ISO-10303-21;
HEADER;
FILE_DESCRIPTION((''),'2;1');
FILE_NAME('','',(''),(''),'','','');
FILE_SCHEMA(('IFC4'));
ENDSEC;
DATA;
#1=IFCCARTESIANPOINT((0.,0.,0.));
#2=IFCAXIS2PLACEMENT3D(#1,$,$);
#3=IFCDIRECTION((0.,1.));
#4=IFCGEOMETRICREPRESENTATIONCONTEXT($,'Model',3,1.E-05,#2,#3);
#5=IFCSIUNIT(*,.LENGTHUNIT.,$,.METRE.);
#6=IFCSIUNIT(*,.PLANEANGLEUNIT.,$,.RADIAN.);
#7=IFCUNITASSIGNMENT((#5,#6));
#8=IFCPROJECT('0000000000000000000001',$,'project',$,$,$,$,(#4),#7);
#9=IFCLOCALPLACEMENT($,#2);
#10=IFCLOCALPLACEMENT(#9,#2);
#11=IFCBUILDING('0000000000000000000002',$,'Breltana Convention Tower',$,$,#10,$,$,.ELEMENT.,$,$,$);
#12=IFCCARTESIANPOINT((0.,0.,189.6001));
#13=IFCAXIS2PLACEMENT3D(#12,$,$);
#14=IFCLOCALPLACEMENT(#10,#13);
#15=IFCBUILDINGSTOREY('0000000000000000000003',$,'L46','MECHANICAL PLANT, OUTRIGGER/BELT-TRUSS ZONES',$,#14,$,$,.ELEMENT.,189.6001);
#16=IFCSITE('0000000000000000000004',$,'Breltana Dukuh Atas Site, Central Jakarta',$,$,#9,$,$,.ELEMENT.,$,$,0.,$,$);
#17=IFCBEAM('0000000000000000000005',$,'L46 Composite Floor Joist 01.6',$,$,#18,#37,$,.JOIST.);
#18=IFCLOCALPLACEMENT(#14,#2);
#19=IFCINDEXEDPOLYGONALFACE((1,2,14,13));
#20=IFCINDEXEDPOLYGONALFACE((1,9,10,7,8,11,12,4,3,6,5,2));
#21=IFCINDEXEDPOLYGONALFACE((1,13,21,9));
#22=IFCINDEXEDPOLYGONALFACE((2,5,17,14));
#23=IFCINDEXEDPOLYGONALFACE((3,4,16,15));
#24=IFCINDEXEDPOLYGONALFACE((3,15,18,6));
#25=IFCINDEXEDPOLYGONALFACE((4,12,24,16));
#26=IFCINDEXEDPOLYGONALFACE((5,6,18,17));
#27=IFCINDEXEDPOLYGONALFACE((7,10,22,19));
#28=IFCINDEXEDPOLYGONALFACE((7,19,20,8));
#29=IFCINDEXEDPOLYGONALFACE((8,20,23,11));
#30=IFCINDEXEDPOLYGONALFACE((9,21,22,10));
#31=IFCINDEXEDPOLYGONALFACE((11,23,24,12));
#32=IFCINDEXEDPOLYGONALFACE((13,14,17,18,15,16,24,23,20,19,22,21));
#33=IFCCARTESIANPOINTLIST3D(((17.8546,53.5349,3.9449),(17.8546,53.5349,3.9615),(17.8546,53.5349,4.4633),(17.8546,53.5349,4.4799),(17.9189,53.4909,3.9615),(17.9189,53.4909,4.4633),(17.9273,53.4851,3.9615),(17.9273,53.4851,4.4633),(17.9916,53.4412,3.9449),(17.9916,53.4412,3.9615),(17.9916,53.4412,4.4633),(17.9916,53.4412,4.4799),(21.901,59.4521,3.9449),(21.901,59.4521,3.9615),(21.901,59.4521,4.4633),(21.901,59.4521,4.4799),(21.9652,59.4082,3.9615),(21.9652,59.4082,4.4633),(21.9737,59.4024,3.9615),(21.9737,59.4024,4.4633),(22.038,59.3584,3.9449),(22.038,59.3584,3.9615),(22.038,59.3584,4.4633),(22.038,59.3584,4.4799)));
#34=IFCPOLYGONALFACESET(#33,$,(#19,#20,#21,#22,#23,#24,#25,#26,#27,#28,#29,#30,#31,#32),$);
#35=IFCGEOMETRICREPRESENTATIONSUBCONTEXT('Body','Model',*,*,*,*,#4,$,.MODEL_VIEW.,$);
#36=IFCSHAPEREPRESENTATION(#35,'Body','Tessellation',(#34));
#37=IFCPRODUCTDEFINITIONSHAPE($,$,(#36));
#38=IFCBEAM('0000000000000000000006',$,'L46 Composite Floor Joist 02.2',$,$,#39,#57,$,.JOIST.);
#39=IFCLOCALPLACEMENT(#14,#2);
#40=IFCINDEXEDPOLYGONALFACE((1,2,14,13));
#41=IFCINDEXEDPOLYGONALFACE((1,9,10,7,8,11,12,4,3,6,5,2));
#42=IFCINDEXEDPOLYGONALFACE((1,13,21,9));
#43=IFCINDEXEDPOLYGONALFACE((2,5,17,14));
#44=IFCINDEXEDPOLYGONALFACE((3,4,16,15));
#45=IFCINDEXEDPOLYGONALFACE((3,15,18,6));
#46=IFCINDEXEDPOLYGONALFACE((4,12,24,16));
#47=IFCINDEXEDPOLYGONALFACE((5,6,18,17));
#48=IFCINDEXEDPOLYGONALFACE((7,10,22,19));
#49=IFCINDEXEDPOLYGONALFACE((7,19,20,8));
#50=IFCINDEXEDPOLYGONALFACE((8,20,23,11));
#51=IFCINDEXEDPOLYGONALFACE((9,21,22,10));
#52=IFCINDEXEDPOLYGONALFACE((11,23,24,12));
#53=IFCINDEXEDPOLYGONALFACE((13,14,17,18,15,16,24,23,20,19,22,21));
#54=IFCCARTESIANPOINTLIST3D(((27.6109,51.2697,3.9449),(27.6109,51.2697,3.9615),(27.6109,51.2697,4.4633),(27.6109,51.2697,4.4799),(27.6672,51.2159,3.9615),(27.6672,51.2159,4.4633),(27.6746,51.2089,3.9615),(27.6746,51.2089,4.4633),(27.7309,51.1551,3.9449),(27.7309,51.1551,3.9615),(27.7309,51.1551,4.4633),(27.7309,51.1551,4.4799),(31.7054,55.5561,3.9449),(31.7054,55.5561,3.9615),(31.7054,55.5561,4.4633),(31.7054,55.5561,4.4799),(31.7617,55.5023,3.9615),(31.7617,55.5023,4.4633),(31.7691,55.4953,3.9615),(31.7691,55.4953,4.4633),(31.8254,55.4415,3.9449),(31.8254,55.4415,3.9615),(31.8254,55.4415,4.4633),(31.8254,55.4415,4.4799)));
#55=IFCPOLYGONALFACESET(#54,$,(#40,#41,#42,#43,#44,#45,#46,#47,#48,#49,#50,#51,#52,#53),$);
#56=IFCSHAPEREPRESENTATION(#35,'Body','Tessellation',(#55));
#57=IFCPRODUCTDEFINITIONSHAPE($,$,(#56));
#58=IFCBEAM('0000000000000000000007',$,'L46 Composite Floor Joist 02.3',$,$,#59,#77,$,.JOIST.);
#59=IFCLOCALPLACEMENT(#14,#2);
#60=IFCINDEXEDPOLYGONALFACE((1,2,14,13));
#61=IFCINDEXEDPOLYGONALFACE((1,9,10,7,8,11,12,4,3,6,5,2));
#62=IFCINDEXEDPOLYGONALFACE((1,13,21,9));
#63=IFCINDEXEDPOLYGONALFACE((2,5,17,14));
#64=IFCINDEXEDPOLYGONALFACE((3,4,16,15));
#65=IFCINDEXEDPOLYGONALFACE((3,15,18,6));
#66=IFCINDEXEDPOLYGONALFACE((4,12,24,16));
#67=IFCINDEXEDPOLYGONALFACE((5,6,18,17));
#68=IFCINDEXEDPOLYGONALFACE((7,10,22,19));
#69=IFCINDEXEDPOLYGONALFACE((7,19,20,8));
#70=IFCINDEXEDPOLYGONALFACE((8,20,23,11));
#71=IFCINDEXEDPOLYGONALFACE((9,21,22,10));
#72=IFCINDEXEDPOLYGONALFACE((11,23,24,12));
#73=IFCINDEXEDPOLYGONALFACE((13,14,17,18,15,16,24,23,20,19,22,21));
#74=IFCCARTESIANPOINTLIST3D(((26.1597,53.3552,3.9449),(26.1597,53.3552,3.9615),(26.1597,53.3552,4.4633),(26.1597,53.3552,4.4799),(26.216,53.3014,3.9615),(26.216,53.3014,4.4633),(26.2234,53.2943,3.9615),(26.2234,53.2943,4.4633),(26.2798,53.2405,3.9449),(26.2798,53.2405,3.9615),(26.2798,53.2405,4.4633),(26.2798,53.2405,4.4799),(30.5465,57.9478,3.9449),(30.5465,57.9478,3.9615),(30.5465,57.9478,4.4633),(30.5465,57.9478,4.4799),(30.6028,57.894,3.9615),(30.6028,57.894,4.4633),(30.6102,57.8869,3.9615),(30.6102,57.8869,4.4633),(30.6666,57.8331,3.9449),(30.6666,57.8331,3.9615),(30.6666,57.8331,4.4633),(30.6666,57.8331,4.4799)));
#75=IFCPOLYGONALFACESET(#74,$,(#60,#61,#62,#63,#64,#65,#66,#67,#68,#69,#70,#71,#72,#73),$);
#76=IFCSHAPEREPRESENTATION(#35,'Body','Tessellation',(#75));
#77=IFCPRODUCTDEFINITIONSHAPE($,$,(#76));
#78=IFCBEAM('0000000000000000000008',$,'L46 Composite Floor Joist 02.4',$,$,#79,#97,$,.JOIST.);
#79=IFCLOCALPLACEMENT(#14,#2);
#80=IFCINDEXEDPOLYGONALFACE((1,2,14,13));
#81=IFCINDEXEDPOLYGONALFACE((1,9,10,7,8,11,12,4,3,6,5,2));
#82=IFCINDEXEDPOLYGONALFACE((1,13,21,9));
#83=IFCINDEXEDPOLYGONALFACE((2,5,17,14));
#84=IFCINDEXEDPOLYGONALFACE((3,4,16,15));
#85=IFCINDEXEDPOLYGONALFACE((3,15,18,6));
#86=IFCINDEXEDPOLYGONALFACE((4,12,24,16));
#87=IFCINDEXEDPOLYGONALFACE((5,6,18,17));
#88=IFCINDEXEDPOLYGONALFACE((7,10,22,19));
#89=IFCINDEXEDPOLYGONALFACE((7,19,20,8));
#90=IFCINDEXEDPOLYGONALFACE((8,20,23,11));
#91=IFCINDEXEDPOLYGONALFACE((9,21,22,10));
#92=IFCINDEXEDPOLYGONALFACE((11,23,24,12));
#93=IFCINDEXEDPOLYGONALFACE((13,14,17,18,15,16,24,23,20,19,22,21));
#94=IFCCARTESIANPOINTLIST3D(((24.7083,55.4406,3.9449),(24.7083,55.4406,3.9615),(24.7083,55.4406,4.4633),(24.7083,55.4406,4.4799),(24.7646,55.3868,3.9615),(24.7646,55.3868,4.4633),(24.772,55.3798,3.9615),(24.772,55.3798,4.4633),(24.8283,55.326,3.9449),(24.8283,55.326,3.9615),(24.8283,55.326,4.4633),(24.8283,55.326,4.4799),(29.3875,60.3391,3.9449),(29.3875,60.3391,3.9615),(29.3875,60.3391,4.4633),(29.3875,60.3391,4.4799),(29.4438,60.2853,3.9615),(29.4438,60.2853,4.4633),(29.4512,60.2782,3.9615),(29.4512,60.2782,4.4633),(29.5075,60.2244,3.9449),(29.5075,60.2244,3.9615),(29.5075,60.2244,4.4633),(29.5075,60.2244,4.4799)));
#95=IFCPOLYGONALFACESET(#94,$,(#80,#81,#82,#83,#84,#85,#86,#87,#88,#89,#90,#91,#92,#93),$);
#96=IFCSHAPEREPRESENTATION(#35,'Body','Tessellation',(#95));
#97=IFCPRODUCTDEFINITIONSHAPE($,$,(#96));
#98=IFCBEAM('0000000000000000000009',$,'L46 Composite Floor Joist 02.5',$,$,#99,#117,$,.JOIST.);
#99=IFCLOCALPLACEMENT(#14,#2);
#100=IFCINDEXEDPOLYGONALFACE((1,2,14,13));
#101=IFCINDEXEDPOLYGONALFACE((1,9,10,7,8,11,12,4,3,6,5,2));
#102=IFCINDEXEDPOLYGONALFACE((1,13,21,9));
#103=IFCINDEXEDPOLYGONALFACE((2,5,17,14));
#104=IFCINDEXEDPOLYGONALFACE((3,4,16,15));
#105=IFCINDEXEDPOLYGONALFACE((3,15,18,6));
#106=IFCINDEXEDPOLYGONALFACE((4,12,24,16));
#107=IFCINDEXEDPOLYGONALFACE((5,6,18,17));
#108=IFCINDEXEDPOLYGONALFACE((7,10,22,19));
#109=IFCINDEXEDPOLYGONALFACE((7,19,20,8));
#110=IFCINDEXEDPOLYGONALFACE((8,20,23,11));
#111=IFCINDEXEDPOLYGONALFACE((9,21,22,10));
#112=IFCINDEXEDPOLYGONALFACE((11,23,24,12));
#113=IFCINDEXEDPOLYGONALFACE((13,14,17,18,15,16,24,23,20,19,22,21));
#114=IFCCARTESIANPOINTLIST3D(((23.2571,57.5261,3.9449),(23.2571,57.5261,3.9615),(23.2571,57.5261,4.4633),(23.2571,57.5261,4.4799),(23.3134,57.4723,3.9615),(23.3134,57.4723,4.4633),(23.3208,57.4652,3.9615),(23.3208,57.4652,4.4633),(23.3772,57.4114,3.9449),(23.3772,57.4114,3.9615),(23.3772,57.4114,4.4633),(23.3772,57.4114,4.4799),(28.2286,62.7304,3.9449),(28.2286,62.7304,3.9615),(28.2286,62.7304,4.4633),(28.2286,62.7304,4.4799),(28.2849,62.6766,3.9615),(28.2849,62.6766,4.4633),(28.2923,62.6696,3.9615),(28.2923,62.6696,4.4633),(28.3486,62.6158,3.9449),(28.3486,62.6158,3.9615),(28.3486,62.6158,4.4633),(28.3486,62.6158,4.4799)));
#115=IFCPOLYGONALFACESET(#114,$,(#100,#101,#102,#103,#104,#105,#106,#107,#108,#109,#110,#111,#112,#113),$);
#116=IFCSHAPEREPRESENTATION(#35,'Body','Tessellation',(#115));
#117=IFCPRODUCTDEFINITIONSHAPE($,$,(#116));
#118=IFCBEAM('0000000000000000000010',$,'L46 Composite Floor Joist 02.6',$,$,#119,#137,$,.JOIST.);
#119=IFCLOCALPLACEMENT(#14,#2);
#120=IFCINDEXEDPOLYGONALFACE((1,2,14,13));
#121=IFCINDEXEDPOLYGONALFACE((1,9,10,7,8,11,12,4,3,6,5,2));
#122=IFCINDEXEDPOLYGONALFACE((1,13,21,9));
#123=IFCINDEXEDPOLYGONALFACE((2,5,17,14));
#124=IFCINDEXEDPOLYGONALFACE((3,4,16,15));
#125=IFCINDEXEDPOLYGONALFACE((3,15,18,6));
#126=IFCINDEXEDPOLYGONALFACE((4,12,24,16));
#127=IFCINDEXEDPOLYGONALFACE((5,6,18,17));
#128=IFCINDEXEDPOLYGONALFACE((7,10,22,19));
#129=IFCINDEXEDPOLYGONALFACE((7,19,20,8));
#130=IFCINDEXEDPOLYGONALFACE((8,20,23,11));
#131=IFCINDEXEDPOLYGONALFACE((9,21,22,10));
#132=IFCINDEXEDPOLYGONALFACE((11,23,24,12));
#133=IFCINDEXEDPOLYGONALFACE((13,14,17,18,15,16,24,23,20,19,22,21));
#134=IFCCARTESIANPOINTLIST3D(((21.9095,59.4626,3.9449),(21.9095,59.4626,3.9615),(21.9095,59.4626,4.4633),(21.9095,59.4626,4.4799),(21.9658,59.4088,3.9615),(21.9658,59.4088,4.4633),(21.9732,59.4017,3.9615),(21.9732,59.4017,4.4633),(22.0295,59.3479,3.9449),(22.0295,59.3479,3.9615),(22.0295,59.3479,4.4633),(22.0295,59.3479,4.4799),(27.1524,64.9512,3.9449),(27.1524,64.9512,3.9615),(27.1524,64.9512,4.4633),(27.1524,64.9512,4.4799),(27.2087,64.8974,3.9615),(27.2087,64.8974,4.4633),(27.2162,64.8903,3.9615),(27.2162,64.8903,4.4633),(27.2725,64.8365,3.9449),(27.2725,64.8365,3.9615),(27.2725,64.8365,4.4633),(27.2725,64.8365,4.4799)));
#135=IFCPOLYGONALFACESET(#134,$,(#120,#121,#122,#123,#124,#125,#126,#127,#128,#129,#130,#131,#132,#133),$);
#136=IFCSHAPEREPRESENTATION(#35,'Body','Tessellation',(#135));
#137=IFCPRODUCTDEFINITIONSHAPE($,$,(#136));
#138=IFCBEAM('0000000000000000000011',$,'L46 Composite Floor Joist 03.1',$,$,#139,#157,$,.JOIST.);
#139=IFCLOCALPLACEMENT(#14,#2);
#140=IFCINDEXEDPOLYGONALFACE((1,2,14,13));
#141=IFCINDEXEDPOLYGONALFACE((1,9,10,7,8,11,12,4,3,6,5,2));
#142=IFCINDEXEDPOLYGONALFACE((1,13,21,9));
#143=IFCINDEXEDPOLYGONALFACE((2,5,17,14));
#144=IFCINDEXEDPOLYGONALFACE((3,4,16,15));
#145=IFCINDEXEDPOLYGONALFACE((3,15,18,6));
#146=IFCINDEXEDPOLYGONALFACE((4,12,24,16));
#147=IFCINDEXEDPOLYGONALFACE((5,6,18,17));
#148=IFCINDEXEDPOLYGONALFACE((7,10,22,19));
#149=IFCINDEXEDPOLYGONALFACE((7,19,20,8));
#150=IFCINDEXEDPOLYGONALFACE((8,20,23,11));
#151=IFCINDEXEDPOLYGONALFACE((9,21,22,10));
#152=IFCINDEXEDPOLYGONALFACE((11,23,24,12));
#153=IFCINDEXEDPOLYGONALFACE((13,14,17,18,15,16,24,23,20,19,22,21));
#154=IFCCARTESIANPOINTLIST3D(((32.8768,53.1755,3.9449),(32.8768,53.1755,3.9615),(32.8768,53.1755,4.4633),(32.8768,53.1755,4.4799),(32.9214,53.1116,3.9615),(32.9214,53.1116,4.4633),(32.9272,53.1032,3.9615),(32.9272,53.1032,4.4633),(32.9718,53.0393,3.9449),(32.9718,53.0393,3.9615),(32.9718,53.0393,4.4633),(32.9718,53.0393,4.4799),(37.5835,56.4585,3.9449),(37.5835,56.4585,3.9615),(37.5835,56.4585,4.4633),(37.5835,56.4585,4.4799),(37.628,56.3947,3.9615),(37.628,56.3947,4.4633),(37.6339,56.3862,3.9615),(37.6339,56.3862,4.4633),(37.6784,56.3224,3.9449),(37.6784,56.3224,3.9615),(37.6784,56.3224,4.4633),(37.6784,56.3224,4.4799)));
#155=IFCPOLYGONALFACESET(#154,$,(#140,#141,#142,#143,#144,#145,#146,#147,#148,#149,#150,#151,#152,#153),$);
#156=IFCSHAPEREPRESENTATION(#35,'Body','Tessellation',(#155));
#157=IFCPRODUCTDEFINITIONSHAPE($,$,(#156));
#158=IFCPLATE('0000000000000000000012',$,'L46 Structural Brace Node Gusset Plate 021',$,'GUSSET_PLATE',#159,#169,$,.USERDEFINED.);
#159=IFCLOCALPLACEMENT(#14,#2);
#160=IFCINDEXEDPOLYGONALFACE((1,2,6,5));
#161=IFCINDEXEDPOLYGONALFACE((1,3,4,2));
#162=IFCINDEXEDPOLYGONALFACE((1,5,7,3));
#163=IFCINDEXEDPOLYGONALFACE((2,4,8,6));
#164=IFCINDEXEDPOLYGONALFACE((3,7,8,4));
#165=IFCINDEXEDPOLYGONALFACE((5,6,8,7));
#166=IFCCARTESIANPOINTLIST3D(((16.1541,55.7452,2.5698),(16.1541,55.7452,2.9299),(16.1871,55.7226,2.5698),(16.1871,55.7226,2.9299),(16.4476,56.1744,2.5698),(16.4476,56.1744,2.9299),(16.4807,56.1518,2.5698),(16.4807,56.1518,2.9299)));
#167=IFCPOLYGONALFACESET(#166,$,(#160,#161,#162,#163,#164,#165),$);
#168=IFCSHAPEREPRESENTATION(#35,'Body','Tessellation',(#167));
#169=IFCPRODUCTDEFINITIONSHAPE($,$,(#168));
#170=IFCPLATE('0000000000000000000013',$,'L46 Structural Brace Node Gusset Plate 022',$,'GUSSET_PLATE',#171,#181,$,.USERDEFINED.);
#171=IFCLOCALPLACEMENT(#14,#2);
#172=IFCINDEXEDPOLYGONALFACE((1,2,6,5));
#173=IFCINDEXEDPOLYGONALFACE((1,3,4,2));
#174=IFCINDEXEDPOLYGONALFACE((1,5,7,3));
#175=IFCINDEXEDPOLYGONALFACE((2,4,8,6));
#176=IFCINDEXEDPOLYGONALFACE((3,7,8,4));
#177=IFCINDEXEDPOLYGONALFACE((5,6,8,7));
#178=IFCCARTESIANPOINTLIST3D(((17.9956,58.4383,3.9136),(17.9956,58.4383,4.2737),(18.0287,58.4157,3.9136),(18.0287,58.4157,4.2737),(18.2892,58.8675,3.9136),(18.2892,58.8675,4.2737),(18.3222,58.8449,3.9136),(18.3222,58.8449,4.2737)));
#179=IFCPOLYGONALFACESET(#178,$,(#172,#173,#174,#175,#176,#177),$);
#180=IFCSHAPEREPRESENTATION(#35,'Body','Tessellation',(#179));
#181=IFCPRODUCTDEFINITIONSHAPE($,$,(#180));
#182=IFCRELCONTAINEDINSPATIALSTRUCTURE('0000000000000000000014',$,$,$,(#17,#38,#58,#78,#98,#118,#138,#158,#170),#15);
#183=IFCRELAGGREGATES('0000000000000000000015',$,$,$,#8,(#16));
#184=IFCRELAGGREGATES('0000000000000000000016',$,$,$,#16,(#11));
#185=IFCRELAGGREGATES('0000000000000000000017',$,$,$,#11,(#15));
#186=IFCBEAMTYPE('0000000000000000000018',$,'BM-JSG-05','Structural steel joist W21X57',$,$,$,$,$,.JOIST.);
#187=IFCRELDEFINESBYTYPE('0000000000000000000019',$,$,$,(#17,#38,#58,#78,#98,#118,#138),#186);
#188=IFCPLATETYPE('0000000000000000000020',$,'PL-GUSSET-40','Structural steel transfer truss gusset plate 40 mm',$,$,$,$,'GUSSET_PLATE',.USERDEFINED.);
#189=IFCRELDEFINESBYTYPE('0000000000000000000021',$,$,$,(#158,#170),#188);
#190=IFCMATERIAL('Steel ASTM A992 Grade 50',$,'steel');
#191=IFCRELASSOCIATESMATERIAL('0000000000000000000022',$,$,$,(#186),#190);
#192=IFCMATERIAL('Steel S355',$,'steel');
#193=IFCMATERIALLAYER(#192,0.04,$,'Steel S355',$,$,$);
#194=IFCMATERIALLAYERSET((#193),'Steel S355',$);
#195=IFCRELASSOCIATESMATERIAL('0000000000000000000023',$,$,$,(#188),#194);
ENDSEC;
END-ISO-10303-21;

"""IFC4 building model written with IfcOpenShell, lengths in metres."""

from ifc_helpers import new_model, si_unit, direction, frame, origin, origin_2d, place, context, subcontext, project, spatial, rectangle, i_section, extrude, source, transform, mapped, material, layer, layer_set, material_profile, profile_set, type_object, element, save


model = new_model("IFC4")

# Units and contexts
model_context = context("Model", 3, precision=1e-05, world=origin(), true_north=direction((0.0, 1.0)))
body_context = subcontext(model_context, "Body", "Model", "MODEL_VIEW")
ifc_project = project(units=[si_unit("LENGTHUNIT", "METRE"), si_unit("PLANEANGLEUNIT", "RADIAN")], contexts=[model_context])

# Site, building, storey
site_placement = place(None, origin())
site = spatial("IfcSite", under=ifc_project, at=site_placement, Name="Breltana Dukuh Atas Site, Central Jakarta", CompositionType="ELEMENT", RefElevation=0.0)
building_placement = place(site_placement, origin())
building = spatial("IfcBuilding", under=site, at=building_placement, Name="Breltana Convention Tower", CompositionType="ELEMENT")
storey_placement = place(building_placement, frame((0.0, 0.0, 189.6001)))
storey = spatial("IfcBuildingStorey", under=building, at=storey_placement, Name="L46", Description="MECHANICAL PLANT, OUTRIGGER/BELT-TRUSS ZONES", CompositionType="ELEMENT", Elevation=189.6001)

# Shared definitions
ifc_material_1 = material(Name="Steel ASTM A992 Grade 50", Category="steel")

# Beams
ifc_material_profile_1 = material_profile(ifc_material_1, i_section(OverallWidth=0.166, OverallDepth=0.5349, WebThickness=0.0103, FlangeThickness=0.0166, at=origin_2d()), Name="W21X57")
ifc_profile_set_1 = profile_set([ifc_material_profile_1], Name="Steel ASTM A992 Grade 50")
beam_type_1 = type_object("IfcBeamType", Name="BM-JSG-05", Description="Structural steel joist W21X57", PredefinedType="JOIST", material=ifc_profile_set_1)
shared_shape_1 = source(origin(), body_context, "Body", "SweptSolid", [
    extrude(i_section(OverallWidth=0.166, OverallDepth=0.5349, WebThickness=0.0103, FlangeThickness=0.0166, at=origin_2d()), origin(), (0.0, 0.0, 1.0), 7.1685),
])
beam_1_placement = place(storey_placement, frame((17.9231, 53.488, 4.2124), z_axis=(0.56447, 0.825453, 0.0), x_axis=(-0.825453, 0.56447, 0.0)))
element("IfcBeam", 1, at=beam_1_placement, inside=storey, type_object=beam_type_1, Name="L46 Composite Floor Joist 01.6", PredefinedType="JOIST", context=body_context, shape_type="MappedRepresentation", body=[
    mapped(shared_shape_1, transform((0.0, 0.0, 0.0), scale=1.0)),
])
shared_shape_2 = source(origin(), body_context, "Body", "SweptSolid", [
    extrude(i_section(OverallWidth=0.166, OverallDepth=0.5349, WebThickness=0.0103, FlangeThickness=0.0166, at=origin_2d()), origin(), (0.0, 0.0, 1.0), 5.9277),
])
beam_2_placement = place(storey_placement, frame((27.6709, 51.2124, 4.2124), z_axis=(0.690735, 0.723108, 0.0), x_axis=(-0.723108, 0.690735, 0.0)))
element("IfcBeam", 2, at=beam_2_placement, inside=storey, type_object=beam_type_1, Name="L46 Composite Floor Joist 02.2", PredefinedType="JOIST", context=body_context, shape_type="MappedRepresentation", body=[
    mapped(shared_shape_2, transform((0.0, 0.0, 0.0), scale=1.0)),
])
shared_shape_3 = source(origin(), body_context, "Body", "SweptSolid", [
    extrude(i_section(OverallWidth=0.166, OverallDepth=0.5349, WebThickness=0.0103, FlangeThickness=0.0166, at=origin_2d()), origin(), (0.0, 0.0, 1.0), 6.3511),
])
beam_3_placement = place(storey_placement, frame((26.2197, 53.2979, 4.2124), z_axis=(0.690718, 0.723124, 0.0), x_axis=(-0.723124, 0.690718, 0.0)))
element("IfcBeam", 3, at=beam_3_placement, inside=storey, type_object=beam_type_1, Name="L46 Composite Floor Joist 02.3", PredefinedType="JOIST", context=body_context, shape_type="MappedRepresentation", body=[
    mapped(shared_shape_3, transform((0.0, 0.0, 0.0), scale=1.0)),
])
shared_shape_4 = source(origin(), body_context, "Body", "SweptSolid", [
    extrude(i_section(OverallWidth=0.166, OverallDepth=0.5349, WebThickness=0.0103, FlangeThickness=0.0166, at=origin_2d()), origin(), (0.0, 0.0, 1.0), 6.7742),
])
beam_4_placement = place(storey_placement, frame((24.7683, 55.3833, 4.2124), z_axis=(0.69074, 0.723103, 0.0), x_axis=(-0.723103, 0.69074, 0.0)))
element("IfcBeam", 4, at=beam_4_placement, inside=storey, type_object=beam_type_1, Name="L46 Composite Floor Joist 02.4", PredefinedType="JOIST", context=body_context, shape_type="MappedRepresentation", body=[
    mapped(shared_shape_4, transform((0.0, 0.0, 0.0), scale=1.0)),
])
shared_shape_5 = source(origin(), body_context, "Body", "SweptSolid", [
    extrude(i_section(OverallWidth=0.166, OverallDepth=0.5349, WebThickness=0.0103, FlangeThickness=0.0166, at=origin_2d()), origin(), (0.0, 0.0, 1.0), 7.1973),
])
beam_5_placement = place(storey_placement, frame((23.3171, 57.4688, 4.2124), z_axis=(0.690741, 0.723102, 0.0), x_axis=(-0.723102, 0.690741, 0.0)))
element("IfcBeam", 5, at=beam_5_placement, inside=storey, type_object=beam_type_1, Name="L46 Composite Floor Joist 02.5", PredefinedType="JOIST", context=body_context, shape_type="MappedRepresentation", body=[
    mapped(shared_shape_5, transform((0.0, 0.0, 0.0), scale=1.0)),
])
shared_shape_6 = source(origin(), body_context, "Body", "SweptSolid", [
    extrude(i_section(OverallWidth=0.166, OverallDepth=0.5349, WebThickness=0.0103, FlangeThickness=0.0166, at=origin_2d()), origin(), (0.0, 0.0, 1.0), 7.5903),
])
beam_6_placement = place(storey_placement, frame((21.9695, 59.4053, 4.2124), z_axis=(0.690743, 0.723101, 0.0), x_axis=(-0.723101, 0.690743, 0.0)))
element("IfcBeam", 6, at=beam_6_placement, inside=storey, type_object=beam_type_1, Name="L46 Composite Floor Joist 02.6", PredefinedType="JOIST", context=body_context, shape_type="MappedRepresentation", body=[
    mapped(shared_shape_6, transform((0.0, 0.0, 0.0), scale=1.0)),
])
shared_shape_7 = source(origin(), body_context, "Body", "SweptSolid", [
    extrude(i_section(OverallWidth=0.166, OverallDepth=0.5349, WebThickness=0.0103, FlangeThickness=0.0166, at=origin_2d()), origin(), (0.0, 0.0, 1.0), 5.7385),
])
beam_7_placement = place(storey_placement, frame((32.9243, 53.1074, 4.2124), z_axis=(0.820182, 0.572102, 0.0), x_axis=(-0.572102, 0.820182, 0.0)))
element("IfcBeam", 7, at=beam_7_placement, inside=storey, type_object=beam_type_1, Name="L46 Composite Floor Joist 03.1", PredefinedType="JOIST", context=body_context, shape_type="MappedRepresentation", body=[
    mapped(shared_shape_7, transform((0.0, 0.0, 0.0), scale=1.0)),
])

# Plates
ifc_material_2 = material(Name="Steel S355", Category="steel")
ifc_layer = layer(ifc_material_2, 0.04, Name="Steel S355")
ifc_layer_set = layer_set([ifc_layer], Name="Steel S355")
plate_type = type_object("IfcPlateType", Name="PL-GUSSET-40", Description="Structural steel transfer truss gusset plate 40 mm", ElementType="GUSSET_PLATE", PredefinedType="USERDEFINED", material=ifc_layer_set)
shared_shape_8 = source(origin(), body_context, "Body", "SweptSolid", [
    extrude(rectangle(XDim=0.52, YDim=0.04, at=origin_2d()), origin(), (0.0, 0.0, 1.0), 0.3601),
])
for number, where, z_axis, x_axis, name in (
    (8, (16.3174, 55.9485, 2.5698), (0.0, 0.0, 1.0), (0.564535, 0.825409, 0.0), "L46 Structural Brace Node Gusset Plate 021"),
    (9, (18.1589, 58.6416, 3.9136), (0.0, 0.0, 1.0), (0.564535, 0.825409, 0.0), "L46 Structural Brace Node Gusset Plate 022"),
):
    element("IfcPlate", number, at=place(storey_placement, frame(where, z_axis=z_axis, x_axis=x_axis)), inside=storey, type_object=plate_type, Name=name, ObjectType="GUSSET_PLATE", PredefinedType="USERDEFINED", context=body_context, shape_type="MappedRepresentation", body=[
        mapped(shared_shape_8, transform((0.0, 0.0, 0.0), scale=1.0)),
    ])

save(model, "model.ifc")
